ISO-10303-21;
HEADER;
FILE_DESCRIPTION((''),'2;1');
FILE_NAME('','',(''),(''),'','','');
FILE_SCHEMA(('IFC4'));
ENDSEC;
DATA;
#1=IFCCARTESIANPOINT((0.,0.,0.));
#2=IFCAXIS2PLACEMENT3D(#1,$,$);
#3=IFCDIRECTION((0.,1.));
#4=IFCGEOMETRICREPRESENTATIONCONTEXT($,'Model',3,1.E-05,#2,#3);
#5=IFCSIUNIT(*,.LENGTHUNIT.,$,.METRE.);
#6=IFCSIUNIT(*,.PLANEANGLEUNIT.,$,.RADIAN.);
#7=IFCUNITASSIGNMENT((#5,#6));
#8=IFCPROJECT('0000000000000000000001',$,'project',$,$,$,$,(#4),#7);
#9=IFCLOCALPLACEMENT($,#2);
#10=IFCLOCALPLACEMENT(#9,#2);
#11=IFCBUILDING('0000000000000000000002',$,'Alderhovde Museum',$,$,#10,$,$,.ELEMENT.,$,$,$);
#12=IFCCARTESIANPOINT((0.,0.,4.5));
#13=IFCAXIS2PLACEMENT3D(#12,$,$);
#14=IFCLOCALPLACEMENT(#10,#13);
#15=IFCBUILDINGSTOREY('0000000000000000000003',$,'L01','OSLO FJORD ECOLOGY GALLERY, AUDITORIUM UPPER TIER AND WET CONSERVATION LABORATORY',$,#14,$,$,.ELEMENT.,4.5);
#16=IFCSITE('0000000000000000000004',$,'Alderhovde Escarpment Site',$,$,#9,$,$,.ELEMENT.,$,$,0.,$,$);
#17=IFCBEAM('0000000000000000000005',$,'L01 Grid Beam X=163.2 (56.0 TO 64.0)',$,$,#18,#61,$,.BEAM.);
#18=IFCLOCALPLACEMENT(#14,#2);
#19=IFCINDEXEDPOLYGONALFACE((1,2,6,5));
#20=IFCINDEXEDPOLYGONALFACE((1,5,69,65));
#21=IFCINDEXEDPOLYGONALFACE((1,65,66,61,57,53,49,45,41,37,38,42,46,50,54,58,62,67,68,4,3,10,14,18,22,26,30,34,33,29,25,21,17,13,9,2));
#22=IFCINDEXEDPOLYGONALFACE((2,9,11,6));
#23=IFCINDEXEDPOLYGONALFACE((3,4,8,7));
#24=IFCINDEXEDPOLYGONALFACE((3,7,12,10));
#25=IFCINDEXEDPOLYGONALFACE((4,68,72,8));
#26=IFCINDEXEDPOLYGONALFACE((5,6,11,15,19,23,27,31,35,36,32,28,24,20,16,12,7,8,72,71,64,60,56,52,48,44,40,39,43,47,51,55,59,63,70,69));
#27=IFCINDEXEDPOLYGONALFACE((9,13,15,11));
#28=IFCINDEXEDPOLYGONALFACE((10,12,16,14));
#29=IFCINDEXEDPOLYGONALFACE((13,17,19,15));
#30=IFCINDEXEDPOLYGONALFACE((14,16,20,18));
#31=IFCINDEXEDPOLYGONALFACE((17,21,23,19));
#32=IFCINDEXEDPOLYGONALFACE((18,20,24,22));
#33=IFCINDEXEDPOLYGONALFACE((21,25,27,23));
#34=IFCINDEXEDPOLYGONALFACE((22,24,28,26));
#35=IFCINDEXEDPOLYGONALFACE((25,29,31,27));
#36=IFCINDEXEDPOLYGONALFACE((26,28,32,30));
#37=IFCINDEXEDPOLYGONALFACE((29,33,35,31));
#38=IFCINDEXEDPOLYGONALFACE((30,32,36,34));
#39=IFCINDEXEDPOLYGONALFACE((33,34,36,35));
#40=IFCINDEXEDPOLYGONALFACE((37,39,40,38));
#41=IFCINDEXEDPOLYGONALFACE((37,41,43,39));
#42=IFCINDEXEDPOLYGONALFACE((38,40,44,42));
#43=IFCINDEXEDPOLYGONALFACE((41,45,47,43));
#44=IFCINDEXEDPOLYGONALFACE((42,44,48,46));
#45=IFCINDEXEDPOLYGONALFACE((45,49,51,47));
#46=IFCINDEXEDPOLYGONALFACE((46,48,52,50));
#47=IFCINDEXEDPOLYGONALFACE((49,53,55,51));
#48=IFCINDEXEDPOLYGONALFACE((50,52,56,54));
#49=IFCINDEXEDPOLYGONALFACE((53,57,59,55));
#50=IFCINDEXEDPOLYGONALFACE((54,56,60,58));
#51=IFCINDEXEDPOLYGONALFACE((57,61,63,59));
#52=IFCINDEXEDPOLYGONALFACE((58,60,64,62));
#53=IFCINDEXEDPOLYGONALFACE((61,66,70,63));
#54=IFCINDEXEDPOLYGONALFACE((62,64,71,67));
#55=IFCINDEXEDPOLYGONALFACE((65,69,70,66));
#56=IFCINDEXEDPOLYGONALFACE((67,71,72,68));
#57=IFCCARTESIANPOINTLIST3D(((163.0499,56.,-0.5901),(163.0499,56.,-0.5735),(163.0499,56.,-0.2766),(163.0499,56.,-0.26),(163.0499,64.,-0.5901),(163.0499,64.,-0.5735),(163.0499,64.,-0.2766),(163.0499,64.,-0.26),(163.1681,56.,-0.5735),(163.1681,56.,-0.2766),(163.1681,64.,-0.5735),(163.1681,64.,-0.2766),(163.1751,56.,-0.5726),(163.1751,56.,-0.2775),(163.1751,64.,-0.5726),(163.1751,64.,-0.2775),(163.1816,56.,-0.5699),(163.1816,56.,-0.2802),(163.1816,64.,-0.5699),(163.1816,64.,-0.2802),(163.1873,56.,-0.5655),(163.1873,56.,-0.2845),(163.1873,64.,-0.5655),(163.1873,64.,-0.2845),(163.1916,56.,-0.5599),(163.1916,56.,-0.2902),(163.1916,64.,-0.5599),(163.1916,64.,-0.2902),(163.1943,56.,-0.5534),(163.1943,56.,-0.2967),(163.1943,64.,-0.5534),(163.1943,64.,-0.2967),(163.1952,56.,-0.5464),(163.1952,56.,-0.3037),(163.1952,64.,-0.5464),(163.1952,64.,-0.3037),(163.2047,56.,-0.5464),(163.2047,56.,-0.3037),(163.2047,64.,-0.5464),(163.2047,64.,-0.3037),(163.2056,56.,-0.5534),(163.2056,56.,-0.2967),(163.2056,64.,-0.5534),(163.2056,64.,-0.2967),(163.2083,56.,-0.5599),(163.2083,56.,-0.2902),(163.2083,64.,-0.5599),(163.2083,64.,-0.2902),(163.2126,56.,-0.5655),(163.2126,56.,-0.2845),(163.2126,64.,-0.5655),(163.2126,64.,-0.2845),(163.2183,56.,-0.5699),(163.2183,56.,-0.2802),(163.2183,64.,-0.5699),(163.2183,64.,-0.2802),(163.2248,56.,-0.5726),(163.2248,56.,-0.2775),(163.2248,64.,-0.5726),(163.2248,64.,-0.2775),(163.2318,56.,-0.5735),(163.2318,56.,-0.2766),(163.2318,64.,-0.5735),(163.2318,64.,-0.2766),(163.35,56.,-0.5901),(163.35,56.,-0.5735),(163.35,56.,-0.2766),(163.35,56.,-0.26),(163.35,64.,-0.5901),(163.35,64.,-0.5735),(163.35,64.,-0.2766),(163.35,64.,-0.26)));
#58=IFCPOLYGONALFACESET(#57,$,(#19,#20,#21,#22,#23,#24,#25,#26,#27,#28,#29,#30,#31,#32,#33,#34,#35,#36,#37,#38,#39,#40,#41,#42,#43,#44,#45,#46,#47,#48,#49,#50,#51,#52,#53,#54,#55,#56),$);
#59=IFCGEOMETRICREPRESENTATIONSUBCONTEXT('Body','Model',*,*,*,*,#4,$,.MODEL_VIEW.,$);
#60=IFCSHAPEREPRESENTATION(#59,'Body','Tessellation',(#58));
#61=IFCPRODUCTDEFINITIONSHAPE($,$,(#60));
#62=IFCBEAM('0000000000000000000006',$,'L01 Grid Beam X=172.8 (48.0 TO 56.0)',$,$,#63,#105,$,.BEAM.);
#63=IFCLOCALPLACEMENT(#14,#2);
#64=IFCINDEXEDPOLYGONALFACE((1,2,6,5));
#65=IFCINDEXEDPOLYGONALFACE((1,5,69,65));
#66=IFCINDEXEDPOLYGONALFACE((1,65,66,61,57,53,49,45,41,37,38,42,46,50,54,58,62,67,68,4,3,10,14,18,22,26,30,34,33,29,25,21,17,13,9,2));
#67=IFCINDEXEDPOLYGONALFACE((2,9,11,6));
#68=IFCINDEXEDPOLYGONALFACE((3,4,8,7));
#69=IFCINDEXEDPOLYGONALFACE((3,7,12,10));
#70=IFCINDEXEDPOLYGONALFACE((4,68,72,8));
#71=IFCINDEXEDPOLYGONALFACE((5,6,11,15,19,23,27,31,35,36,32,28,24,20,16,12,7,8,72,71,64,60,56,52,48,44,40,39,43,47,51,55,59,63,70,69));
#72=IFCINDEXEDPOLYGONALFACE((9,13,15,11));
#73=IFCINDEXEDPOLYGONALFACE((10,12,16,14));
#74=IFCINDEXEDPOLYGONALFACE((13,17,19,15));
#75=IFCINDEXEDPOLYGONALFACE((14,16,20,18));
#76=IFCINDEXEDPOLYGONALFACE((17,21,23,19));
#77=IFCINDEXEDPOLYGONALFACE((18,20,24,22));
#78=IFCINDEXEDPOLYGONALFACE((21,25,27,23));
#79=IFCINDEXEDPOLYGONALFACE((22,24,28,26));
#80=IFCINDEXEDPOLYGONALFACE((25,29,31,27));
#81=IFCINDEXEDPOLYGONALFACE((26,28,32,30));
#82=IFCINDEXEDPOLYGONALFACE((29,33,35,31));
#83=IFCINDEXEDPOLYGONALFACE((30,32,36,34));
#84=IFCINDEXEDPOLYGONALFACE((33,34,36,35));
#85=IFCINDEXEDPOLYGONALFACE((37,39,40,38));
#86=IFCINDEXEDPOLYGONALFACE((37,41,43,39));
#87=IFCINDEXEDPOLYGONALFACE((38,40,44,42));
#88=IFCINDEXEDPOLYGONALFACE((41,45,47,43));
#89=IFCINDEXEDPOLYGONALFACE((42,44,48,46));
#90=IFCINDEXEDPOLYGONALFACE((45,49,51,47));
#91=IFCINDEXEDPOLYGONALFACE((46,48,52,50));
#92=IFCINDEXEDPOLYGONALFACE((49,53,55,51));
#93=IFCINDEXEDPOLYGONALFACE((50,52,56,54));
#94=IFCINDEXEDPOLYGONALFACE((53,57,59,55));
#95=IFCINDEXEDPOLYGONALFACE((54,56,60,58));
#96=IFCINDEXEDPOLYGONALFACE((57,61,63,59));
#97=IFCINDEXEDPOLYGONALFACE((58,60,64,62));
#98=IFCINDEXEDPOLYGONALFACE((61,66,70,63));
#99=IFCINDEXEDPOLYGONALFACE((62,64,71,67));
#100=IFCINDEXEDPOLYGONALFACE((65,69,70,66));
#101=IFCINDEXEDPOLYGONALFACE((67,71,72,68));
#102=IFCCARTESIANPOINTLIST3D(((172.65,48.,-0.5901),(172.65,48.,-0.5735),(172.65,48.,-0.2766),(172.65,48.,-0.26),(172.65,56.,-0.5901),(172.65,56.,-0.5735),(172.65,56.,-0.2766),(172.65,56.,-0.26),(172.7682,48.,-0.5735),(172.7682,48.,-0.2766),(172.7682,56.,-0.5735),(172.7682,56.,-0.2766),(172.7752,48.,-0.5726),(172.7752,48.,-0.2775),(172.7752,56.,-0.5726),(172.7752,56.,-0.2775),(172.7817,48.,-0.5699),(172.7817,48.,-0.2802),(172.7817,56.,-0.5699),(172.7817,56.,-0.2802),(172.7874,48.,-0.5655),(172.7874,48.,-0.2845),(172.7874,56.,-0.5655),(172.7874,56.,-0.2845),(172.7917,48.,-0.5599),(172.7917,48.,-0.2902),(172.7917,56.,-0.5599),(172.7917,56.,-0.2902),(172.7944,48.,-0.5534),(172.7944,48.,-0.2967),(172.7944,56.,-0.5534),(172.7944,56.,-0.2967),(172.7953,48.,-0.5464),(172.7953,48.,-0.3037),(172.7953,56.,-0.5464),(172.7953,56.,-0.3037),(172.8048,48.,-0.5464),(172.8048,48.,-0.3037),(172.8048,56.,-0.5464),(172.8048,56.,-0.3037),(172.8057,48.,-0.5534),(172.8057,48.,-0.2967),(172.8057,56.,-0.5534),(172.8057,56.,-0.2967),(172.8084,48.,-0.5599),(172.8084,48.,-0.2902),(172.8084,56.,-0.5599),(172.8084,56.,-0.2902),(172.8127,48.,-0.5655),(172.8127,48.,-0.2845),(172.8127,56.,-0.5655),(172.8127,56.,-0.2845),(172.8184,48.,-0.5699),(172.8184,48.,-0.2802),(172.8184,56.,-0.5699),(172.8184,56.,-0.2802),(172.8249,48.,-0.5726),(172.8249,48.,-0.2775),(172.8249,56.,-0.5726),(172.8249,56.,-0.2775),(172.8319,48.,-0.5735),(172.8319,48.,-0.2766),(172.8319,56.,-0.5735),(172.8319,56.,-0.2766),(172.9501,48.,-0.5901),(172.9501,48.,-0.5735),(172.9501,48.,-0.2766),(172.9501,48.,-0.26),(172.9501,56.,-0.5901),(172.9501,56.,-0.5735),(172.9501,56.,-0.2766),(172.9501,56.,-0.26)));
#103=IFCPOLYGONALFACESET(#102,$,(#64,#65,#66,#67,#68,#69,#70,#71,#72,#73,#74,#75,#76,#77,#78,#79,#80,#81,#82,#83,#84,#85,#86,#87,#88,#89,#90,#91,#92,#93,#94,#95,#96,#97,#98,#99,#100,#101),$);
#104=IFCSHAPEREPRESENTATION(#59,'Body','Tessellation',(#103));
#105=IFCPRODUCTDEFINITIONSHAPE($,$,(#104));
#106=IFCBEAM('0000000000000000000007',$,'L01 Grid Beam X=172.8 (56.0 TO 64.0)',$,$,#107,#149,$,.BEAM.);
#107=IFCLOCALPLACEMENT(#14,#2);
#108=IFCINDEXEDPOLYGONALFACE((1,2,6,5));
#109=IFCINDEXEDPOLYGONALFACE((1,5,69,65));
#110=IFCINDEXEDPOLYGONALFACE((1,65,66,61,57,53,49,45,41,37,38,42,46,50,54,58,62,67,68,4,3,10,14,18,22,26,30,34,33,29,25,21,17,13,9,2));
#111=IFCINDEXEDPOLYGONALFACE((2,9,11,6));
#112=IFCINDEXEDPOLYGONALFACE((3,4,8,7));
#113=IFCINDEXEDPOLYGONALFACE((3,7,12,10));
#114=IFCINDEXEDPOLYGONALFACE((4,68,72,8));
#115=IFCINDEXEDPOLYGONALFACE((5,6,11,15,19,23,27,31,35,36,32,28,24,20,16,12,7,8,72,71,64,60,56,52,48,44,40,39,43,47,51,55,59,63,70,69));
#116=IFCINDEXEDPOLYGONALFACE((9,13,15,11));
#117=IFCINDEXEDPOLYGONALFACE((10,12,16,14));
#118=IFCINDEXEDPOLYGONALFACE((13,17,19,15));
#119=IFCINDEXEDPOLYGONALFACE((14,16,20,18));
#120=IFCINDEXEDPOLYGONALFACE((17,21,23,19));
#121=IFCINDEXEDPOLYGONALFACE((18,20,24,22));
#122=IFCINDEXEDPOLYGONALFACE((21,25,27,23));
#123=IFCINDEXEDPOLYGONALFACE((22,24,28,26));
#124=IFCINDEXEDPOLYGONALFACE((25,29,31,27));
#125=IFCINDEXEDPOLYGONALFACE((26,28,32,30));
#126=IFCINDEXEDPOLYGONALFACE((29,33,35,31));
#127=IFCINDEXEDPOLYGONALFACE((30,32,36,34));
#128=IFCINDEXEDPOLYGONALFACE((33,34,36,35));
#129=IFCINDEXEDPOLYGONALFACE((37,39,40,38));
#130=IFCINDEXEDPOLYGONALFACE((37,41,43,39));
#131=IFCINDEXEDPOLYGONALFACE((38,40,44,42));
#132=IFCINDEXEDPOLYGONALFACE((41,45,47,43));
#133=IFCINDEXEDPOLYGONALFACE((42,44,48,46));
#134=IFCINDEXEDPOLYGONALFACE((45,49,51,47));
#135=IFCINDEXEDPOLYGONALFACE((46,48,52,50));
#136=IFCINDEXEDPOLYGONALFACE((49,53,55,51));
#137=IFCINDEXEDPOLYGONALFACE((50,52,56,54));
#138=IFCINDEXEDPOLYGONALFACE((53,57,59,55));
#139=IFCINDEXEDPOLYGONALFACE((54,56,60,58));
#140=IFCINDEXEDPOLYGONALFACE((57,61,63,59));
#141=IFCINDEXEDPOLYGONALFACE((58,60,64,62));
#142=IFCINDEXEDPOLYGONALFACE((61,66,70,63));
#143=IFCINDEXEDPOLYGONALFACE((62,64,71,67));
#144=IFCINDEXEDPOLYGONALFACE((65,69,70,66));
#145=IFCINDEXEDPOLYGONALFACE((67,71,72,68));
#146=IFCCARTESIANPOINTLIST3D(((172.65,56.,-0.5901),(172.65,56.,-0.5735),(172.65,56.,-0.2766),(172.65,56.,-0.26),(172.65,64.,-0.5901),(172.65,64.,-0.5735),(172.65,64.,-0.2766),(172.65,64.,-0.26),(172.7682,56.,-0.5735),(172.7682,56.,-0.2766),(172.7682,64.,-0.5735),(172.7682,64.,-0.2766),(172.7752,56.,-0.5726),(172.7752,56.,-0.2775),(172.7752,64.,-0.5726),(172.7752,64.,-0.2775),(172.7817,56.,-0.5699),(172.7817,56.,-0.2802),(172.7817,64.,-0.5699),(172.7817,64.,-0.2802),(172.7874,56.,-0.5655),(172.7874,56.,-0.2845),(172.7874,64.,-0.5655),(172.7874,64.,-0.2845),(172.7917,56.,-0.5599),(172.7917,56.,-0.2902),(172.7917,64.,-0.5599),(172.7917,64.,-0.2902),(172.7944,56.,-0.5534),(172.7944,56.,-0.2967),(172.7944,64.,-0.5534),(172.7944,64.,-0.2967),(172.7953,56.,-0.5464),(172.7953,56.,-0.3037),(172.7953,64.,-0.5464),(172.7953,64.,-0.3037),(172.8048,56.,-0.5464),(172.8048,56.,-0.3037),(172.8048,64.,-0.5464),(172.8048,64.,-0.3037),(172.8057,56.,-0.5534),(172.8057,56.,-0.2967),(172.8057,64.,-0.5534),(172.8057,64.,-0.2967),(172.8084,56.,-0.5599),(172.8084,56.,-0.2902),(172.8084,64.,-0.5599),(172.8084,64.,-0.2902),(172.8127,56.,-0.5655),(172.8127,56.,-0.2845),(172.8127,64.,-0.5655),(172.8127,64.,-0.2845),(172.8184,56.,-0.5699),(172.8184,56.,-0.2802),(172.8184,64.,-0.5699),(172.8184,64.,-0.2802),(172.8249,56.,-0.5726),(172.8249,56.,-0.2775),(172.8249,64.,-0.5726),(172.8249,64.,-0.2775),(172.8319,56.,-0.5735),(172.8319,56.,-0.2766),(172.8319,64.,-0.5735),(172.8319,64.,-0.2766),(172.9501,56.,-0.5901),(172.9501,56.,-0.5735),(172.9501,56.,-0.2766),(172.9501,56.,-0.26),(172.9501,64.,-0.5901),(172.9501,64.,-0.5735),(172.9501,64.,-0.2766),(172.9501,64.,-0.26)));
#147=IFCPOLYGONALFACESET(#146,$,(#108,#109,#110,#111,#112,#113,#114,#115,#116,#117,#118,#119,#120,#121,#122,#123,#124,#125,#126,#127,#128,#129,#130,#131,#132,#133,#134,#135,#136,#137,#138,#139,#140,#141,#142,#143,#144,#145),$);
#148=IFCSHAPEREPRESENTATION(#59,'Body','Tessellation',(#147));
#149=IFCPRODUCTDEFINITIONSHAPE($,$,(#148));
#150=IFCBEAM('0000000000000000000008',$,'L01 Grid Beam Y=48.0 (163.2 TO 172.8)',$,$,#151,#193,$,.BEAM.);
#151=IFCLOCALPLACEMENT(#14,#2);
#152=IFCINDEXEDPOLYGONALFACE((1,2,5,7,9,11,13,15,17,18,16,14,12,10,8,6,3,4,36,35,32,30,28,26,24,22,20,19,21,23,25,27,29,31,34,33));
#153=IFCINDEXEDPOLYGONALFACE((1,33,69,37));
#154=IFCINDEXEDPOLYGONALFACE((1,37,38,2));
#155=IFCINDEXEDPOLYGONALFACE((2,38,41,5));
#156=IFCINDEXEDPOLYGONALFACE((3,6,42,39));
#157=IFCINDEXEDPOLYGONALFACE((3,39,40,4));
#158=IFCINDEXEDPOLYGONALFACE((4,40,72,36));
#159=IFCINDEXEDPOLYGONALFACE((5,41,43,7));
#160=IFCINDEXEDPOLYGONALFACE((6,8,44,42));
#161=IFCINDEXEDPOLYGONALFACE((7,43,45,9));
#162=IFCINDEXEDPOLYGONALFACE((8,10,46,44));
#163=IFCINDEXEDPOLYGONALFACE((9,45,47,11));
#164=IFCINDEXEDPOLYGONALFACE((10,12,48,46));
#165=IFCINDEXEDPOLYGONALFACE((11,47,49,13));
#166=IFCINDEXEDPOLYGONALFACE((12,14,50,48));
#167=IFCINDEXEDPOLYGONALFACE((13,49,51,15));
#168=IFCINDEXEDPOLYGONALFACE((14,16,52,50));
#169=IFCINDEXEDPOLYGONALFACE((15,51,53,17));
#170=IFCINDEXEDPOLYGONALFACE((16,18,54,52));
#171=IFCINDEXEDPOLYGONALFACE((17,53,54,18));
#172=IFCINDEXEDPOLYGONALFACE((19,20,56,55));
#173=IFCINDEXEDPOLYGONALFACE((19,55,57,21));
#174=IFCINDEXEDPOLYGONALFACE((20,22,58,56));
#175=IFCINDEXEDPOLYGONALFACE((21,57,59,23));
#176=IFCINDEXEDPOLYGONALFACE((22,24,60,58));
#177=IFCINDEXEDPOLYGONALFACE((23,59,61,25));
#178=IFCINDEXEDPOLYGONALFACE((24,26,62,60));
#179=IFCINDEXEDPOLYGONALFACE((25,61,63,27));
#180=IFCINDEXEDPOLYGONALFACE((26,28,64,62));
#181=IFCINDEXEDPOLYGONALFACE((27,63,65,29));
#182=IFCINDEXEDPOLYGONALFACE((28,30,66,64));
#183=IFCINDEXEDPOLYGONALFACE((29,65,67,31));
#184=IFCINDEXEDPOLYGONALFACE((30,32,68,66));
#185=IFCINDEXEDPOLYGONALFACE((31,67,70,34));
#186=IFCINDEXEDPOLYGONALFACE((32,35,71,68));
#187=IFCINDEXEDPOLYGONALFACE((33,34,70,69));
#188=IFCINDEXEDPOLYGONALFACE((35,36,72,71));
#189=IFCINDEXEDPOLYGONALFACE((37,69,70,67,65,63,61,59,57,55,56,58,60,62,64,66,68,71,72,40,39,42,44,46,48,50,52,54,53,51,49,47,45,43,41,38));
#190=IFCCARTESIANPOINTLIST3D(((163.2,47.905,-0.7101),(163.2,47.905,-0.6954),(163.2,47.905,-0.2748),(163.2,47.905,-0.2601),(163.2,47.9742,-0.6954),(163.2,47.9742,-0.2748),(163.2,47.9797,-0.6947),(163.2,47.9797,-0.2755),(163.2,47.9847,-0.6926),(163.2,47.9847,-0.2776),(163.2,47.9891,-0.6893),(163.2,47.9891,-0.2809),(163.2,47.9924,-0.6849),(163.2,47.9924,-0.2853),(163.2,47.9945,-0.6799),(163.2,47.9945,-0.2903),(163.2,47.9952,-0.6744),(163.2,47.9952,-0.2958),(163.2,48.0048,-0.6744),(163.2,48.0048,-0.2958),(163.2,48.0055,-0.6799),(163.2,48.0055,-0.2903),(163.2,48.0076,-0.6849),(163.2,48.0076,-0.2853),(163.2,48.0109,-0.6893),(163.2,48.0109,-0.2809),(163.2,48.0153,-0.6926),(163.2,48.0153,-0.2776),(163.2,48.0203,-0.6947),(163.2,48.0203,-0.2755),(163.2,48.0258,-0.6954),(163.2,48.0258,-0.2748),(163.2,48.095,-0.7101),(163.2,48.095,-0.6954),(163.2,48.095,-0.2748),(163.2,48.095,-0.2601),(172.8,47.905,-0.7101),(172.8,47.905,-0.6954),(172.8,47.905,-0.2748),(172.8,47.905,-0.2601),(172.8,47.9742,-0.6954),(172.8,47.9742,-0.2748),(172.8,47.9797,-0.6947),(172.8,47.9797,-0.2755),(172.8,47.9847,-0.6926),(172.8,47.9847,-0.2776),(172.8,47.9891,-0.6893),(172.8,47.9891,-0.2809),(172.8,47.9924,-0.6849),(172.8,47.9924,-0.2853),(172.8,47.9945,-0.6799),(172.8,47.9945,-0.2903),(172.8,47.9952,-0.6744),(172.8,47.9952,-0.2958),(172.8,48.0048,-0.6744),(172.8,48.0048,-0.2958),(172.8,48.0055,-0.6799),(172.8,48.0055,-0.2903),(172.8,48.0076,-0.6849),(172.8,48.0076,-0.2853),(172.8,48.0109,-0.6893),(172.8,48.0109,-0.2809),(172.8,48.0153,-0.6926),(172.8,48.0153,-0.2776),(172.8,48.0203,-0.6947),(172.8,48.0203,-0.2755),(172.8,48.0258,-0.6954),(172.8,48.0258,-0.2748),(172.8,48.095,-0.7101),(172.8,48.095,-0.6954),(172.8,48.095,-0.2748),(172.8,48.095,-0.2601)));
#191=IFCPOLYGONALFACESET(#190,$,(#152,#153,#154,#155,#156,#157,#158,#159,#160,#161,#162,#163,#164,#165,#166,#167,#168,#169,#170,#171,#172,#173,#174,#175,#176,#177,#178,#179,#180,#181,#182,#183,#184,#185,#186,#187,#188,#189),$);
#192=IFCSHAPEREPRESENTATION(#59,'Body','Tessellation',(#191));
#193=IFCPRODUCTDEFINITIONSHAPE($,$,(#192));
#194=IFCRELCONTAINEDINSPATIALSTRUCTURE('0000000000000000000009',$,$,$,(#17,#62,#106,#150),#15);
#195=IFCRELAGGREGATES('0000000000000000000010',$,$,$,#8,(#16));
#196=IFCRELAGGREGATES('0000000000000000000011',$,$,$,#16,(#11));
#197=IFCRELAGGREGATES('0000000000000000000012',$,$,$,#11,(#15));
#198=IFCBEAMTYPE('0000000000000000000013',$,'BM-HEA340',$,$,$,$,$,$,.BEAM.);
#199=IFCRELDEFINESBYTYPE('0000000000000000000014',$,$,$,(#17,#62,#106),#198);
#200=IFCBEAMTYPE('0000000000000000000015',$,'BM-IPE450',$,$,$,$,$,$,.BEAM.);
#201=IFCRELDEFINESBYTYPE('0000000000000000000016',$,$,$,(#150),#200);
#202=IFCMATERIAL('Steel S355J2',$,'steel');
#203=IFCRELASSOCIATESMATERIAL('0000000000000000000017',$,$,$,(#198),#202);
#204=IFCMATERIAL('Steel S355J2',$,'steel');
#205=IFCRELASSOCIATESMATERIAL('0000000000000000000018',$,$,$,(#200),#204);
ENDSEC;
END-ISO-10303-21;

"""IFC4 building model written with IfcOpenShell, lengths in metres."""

from ifc_helpers import new_model, si_unit, direction, frame, origin, origin_2d, place, context, subcontext, project, spatial, i_section, extrude, material, material_profile, profile_set, type_object, element, save


model = new_model("IFC4")

# Units and contexts
model_context = context("Model", 3, precision=1e-05, world=origin(), true_north=direction((0.0, 1.0)))
body_context = subcontext(model_context, "Body", "Model", "MODEL_VIEW")
ifc_project = project(units=[si_unit("LENGTHUNIT", "METRE"), si_unit("PLANEANGLEUNIT", "RADIAN")], contexts=[model_context])

# Site, building, storey
site_placement = place(None, origin())
site = spatial("IfcSite", under=ifc_project, at=site_placement, Name="Alderhovde Escarpment Site", CompositionType="ELEMENT", RefElevation=0.0)
building_placement = place(site_placement, origin())
building = spatial("IfcBuilding", under=site, at=building_placement, Name="Alderhovde Museum", CompositionType="ELEMENT")
storey_placement = place(building_placement, frame((0.0, 0.0, 4.5)))
storey = spatial("IfcBuildingStorey", under=building, at=storey_placement, Name="L01", Description="OSLO FJORD ECOLOGY GALLERY, AUDITORIUM UPPER TIER AND WET CONSERVATION LABORATORY", CompositionType="ELEMENT", Elevation=4.5)

# Beams
ifc_material_1 = material(Name="Steel S355J2", Category="steel")
ifc_material_profile_1 = material_profile(ifc_material_1, i_section(OverallWidth=0.3, OverallDepth=0.3301, WebThickness=0.0095, FlangeThickness=0.0166, FilletRadius=0.0271, at=origin_2d()), Name="HEA 340")
ifc_profile_set_1 = profile_set([ifc_material_profile_1], Name="Steel S355J2")
beam_type_1 = type_object("IfcBeamType", Name="BM-HEA340", PredefinedType="BEAM", material=ifc_profile_set_1)
for number, where, z_axis, x_axis, name in (
    (1, (163.2, 56.0, -0.425), (0.0, 1.0, 0.0), (-1.0, 0.0, 0.0), "L01 Grid Beam X=163.2 (56.0 TO 64.0)"),
    (2, (172.8, 48.0, -0.425), (0.0, 1.0, 0.0), (-1.0, 0.0, 0.0), "L01 Grid Beam X=172.8 (48.0 TO 56.0)"),
    (3, (172.8, 56.0, -0.425), (0.0, 1.0, 0.0), (-1.0, 0.0, 0.0), "L01 Grid Beam X=172.8 (56.0 TO 64.0)"),
):
    element("IfcBeam", number, at=place(storey_placement, frame(where, z_axis=z_axis, x_axis=x_axis)), inside=storey, type_object=beam_type_1, Name=name, PredefinedType="BEAM", context=body_context, shape_type="SweptSolid", body=[
        extrude(i_section(OverallWidth=0.3, OverallDepth=0.3301, WebThickness=0.0095, FlangeThickness=0.0166, FilletRadius=0.0271, at=origin_2d()), origin(), (0.0, 0.0, 1.0), 8.0),
    ])
ifc_material_2 = material(Name="Steel S355J2", Category="steel")
ifc_material_profile_2 = material_profile(ifc_material_2, i_section(OverallWidth=0.1899, OverallDepth=0.45, WebThickness=0.0095, FlangeThickness=0.0146, FilletRadius=0.021, at=origin_2d()), Name="IPE 450")
ifc_profile_set_2 = profile_set([ifc_material_profile_2], Name="Steel S355J2")
beam_type_2 = type_object("IfcBeamType", Name="BM-IPE450", PredefinedType="BEAM", material=ifc_profile_set_2)
beam_1_placement = place(storey_placement, frame((163.2, 48.0, -0.4851), z_axis=(1.0, 0.0, 0.0), x_axis=(0.0, 1.0, 0.0)))
element("IfcBeam", 4, at=beam_1_placement, inside=storey, type_object=beam_type_2, Name="L01 Grid Beam Y=48.0 (163.2 TO 172.8)", PredefinedType="BEAM", context=body_context, shape_type="SweptSolid", body=[
    extrude(i_section(OverallWidth=0.1899, OverallDepth=0.45, WebThickness=0.0095, FlangeThickness=0.0146, FilletRadius=0.021, at=origin_2d()), origin(), (0.0, 0.0, 1.0), 9.6001),
])

save(model, "model.ifc")
